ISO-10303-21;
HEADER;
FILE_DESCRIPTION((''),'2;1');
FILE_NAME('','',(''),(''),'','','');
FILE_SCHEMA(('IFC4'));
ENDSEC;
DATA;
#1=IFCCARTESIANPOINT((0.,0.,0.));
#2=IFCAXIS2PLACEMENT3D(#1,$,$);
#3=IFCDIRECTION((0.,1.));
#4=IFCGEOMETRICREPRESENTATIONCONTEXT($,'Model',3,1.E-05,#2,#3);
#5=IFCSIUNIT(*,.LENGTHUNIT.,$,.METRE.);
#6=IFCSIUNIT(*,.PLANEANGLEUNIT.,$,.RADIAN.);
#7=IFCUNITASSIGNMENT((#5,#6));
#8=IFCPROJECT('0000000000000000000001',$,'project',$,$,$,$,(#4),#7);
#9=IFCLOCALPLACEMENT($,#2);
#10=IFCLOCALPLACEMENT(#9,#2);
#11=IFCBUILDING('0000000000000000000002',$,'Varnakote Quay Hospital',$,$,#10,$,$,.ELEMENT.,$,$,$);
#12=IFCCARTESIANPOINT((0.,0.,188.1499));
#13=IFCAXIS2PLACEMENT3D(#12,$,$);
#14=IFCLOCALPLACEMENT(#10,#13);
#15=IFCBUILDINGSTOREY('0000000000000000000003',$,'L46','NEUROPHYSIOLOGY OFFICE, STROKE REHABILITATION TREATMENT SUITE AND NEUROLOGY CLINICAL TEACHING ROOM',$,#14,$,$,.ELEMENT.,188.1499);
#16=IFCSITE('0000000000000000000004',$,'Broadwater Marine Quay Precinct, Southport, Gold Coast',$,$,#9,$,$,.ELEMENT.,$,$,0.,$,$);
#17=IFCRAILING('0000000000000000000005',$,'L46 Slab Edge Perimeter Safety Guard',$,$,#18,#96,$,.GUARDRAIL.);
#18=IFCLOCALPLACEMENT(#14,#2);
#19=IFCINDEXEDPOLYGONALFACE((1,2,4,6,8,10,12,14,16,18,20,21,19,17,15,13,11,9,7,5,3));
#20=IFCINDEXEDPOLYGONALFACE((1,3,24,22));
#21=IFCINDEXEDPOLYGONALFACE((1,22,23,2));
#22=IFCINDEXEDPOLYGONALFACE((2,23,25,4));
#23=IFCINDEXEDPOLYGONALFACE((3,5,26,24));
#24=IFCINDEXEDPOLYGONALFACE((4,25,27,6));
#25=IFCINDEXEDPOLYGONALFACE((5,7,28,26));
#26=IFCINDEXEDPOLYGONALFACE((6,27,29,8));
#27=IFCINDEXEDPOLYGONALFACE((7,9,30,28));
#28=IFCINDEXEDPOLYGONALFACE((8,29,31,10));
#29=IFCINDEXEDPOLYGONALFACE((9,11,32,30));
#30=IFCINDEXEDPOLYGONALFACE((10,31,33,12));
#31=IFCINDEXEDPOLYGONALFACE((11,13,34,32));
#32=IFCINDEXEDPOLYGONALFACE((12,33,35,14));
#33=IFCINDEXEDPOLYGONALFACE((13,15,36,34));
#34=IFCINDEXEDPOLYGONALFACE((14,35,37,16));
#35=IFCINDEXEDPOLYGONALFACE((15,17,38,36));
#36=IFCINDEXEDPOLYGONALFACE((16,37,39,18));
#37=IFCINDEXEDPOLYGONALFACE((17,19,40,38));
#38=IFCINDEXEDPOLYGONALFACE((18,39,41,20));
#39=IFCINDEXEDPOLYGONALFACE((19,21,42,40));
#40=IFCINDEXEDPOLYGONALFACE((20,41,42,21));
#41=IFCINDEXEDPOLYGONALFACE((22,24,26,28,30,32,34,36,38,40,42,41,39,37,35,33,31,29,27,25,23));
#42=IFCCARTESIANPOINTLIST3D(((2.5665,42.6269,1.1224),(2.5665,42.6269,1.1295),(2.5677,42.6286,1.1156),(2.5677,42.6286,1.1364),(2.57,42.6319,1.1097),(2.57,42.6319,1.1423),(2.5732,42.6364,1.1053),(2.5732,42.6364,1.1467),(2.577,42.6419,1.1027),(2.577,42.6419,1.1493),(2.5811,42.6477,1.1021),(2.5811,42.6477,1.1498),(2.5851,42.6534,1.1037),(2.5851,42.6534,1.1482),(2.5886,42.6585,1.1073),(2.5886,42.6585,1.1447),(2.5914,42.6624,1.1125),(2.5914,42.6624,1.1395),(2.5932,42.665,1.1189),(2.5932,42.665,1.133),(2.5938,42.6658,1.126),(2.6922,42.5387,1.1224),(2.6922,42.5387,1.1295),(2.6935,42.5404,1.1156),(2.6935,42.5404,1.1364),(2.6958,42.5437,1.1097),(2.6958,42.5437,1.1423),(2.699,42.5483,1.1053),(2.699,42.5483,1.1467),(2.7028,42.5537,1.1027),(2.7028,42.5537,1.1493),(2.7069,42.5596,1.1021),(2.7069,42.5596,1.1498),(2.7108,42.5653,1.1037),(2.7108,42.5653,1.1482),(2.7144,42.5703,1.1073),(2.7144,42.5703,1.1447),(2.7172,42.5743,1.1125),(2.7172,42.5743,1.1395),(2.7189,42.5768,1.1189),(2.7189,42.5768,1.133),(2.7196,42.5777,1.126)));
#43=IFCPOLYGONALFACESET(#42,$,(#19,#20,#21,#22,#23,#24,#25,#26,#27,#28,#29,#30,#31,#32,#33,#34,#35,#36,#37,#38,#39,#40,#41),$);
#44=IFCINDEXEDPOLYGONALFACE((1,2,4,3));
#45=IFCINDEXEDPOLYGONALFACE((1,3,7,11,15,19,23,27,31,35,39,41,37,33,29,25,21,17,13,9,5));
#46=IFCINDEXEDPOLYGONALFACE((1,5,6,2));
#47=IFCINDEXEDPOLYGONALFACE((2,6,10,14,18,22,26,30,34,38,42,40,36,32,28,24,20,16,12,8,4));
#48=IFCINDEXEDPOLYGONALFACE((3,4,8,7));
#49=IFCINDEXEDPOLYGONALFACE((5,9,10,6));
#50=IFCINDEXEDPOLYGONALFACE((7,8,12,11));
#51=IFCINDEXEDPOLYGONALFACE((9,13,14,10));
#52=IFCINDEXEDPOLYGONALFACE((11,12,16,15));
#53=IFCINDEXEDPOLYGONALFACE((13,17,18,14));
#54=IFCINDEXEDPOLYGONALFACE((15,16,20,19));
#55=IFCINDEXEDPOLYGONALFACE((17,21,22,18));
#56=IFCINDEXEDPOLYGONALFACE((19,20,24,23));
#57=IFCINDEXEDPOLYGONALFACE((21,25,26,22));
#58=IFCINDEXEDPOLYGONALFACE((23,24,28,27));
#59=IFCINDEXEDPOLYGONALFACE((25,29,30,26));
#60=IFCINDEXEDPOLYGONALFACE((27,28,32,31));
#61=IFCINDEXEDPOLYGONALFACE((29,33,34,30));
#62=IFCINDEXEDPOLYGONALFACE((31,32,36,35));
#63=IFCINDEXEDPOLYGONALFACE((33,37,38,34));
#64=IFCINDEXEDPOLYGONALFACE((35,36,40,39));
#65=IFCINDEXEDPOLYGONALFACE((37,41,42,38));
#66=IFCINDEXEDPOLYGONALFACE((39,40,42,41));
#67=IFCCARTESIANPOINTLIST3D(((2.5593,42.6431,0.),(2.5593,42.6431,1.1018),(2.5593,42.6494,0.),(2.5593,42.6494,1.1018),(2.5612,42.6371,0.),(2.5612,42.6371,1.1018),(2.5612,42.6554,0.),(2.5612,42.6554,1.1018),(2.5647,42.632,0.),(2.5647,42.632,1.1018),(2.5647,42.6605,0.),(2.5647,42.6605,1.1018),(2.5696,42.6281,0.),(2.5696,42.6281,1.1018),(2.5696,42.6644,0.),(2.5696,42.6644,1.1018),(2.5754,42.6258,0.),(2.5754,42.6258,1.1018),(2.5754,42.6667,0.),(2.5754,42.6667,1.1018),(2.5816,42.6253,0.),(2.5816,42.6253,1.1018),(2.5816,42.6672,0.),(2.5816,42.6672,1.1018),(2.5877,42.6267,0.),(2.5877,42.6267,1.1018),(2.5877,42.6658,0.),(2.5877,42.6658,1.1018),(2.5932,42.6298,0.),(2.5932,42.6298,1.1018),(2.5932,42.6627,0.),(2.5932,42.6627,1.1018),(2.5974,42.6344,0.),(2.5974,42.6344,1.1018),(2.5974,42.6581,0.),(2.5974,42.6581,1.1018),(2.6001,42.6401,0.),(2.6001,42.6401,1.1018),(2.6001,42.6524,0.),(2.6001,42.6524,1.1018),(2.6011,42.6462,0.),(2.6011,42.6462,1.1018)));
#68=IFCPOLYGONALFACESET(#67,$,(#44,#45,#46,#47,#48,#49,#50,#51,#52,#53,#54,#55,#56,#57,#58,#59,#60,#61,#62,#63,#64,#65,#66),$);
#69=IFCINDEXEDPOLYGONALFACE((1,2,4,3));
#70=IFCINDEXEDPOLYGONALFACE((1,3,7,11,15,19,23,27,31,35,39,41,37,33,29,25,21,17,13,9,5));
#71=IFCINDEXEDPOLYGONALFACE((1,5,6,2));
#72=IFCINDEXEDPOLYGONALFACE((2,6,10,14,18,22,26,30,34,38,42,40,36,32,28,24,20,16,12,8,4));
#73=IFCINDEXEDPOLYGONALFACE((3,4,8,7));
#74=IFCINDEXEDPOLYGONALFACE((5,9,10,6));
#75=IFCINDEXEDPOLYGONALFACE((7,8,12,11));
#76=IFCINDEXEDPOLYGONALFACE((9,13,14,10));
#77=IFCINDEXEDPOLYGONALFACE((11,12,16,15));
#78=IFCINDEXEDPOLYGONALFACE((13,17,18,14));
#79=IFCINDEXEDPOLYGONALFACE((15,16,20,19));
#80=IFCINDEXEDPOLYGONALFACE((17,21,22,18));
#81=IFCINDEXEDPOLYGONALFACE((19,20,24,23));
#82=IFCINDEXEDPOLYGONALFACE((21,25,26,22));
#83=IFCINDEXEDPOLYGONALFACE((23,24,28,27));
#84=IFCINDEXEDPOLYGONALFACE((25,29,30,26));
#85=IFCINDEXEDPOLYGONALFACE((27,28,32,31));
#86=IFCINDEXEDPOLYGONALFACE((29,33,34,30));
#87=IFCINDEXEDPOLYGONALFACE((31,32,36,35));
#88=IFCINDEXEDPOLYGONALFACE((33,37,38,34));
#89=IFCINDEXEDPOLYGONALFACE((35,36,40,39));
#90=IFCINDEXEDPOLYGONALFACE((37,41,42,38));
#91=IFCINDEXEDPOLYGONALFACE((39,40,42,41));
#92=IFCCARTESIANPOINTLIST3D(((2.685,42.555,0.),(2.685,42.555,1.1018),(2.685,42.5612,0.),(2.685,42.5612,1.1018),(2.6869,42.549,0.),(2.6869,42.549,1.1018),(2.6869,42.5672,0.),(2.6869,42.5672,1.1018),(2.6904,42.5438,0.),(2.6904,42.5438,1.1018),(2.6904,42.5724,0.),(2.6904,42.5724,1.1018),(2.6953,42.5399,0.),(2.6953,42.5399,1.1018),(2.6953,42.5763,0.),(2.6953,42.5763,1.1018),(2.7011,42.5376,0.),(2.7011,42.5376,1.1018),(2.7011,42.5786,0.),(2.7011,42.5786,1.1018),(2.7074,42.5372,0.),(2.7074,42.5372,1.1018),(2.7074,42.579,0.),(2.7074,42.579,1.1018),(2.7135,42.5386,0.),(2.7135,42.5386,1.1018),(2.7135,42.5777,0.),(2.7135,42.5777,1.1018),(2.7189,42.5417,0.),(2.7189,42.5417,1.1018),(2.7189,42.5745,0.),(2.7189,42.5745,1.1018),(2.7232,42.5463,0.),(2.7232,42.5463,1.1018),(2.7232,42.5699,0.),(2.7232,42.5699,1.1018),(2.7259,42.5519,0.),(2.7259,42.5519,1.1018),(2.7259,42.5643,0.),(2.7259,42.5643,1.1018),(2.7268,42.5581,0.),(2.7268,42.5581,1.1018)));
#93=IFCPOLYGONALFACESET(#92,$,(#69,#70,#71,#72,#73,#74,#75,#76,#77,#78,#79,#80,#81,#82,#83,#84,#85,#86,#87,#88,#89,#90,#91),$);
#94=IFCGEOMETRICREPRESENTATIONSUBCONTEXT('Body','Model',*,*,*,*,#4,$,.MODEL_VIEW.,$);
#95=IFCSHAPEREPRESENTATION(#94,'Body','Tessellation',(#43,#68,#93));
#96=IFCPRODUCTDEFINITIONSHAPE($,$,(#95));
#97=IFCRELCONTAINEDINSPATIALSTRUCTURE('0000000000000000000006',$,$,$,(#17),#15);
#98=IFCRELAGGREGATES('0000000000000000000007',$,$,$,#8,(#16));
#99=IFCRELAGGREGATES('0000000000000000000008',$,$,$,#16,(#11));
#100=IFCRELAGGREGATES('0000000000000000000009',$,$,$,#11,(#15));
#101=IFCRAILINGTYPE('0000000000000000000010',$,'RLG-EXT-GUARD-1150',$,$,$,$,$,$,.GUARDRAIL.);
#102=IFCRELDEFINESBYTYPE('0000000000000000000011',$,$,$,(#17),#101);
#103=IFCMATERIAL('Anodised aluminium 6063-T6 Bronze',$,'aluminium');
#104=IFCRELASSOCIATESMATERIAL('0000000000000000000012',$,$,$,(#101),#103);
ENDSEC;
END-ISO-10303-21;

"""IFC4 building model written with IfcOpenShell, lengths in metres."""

from ifc_helpers import new_model, si_unit, direction, frame, origin, origin_2d, place, context, subcontext, project, spatial, circle, extrude, material, type_object, element, save


model = new_model("IFC4")

# Units and contexts
model_context = context("Model", 3, precision=1e-05, world=origin(), true_north=direction((0.0, 1.0)))
body_context = subcontext(model_context, "Body", "Model", "MODEL_VIEW")
ifc_project = project(units=[si_unit("LENGTHUNIT", "METRE"), si_unit("PLANEANGLEUNIT", "RADIAN")], contexts=[model_context])

# Site, building, storey
site_placement = place(None, origin())
site = spatial("IfcSite", under=ifc_project, at=site_placement, Name="Broadwater Marine Quay Precinct, Southport, Gold Coast", CompositionType="ELEMENT", RefElevation=0.0)
building_placement = place(site_placement, origin())
building = spatial("IfcBuilding", under=site, at=building_placement, Name="Varnakote Quay Hospital", CompositionType="ELEMENT")
storey_placement = place(building_placement, frame((0.0, 0.0, 188.1499)))
storey = spatial("IfcBuildingStorey", under=building, at=storey_placement, Name="L46", Description="NEUROPHYSIOLOGY OFFICE, STROKE REHABILITATION TREATMENT SUITE AND NEUROLOGY CLINICAL TEACHING ROOM", CompositionType="ELEMENT", Elevation=188.1499)

# Railing
ifc_material_1 = material(Name="Anodised aluminium 6063-T6 Bronze", Category="aluminium")
railing_type = type_object("IfcRailingType", Name="RLG-EXT-GUARD-1150", PredefinedType="GUARDRAIL", material=ifc_material_1)
railing_1_placement = place(storey_placement, frame((2.5801, 42.6462, 0.0)))
element("IfcRailing", 1, at=railing_1_placement, inside=storey, type_object=railing_type, Name="L46 Slab Edge Perimeter Safety Guard", PredefinedType="GUARDRAIL", context=body_context, shape_type="SweptSolid", body=[
    extrude(circle(Radius=0.0239, at=origin_2d()), frame((0.0, 0.0, 1.126), z_axis=(0.818858, -0.573996, 0.0), x_axis=(0.573996, 0.818858, 0.0)), (0.0, 0.0, 1.0), 0.1536),
    extrude(circle(Radius=0.021, at=origin_2d()), origin(), (0.0, 0.0, 1.0), 1.1018),
    extrude(circle(Radius=0.021, at=origin_2d()), frame((0.1257, -0.0881, 0.0)), (0.0, 0.0, 1.0), 1.1018),
])

save(model, "model.ifc")
